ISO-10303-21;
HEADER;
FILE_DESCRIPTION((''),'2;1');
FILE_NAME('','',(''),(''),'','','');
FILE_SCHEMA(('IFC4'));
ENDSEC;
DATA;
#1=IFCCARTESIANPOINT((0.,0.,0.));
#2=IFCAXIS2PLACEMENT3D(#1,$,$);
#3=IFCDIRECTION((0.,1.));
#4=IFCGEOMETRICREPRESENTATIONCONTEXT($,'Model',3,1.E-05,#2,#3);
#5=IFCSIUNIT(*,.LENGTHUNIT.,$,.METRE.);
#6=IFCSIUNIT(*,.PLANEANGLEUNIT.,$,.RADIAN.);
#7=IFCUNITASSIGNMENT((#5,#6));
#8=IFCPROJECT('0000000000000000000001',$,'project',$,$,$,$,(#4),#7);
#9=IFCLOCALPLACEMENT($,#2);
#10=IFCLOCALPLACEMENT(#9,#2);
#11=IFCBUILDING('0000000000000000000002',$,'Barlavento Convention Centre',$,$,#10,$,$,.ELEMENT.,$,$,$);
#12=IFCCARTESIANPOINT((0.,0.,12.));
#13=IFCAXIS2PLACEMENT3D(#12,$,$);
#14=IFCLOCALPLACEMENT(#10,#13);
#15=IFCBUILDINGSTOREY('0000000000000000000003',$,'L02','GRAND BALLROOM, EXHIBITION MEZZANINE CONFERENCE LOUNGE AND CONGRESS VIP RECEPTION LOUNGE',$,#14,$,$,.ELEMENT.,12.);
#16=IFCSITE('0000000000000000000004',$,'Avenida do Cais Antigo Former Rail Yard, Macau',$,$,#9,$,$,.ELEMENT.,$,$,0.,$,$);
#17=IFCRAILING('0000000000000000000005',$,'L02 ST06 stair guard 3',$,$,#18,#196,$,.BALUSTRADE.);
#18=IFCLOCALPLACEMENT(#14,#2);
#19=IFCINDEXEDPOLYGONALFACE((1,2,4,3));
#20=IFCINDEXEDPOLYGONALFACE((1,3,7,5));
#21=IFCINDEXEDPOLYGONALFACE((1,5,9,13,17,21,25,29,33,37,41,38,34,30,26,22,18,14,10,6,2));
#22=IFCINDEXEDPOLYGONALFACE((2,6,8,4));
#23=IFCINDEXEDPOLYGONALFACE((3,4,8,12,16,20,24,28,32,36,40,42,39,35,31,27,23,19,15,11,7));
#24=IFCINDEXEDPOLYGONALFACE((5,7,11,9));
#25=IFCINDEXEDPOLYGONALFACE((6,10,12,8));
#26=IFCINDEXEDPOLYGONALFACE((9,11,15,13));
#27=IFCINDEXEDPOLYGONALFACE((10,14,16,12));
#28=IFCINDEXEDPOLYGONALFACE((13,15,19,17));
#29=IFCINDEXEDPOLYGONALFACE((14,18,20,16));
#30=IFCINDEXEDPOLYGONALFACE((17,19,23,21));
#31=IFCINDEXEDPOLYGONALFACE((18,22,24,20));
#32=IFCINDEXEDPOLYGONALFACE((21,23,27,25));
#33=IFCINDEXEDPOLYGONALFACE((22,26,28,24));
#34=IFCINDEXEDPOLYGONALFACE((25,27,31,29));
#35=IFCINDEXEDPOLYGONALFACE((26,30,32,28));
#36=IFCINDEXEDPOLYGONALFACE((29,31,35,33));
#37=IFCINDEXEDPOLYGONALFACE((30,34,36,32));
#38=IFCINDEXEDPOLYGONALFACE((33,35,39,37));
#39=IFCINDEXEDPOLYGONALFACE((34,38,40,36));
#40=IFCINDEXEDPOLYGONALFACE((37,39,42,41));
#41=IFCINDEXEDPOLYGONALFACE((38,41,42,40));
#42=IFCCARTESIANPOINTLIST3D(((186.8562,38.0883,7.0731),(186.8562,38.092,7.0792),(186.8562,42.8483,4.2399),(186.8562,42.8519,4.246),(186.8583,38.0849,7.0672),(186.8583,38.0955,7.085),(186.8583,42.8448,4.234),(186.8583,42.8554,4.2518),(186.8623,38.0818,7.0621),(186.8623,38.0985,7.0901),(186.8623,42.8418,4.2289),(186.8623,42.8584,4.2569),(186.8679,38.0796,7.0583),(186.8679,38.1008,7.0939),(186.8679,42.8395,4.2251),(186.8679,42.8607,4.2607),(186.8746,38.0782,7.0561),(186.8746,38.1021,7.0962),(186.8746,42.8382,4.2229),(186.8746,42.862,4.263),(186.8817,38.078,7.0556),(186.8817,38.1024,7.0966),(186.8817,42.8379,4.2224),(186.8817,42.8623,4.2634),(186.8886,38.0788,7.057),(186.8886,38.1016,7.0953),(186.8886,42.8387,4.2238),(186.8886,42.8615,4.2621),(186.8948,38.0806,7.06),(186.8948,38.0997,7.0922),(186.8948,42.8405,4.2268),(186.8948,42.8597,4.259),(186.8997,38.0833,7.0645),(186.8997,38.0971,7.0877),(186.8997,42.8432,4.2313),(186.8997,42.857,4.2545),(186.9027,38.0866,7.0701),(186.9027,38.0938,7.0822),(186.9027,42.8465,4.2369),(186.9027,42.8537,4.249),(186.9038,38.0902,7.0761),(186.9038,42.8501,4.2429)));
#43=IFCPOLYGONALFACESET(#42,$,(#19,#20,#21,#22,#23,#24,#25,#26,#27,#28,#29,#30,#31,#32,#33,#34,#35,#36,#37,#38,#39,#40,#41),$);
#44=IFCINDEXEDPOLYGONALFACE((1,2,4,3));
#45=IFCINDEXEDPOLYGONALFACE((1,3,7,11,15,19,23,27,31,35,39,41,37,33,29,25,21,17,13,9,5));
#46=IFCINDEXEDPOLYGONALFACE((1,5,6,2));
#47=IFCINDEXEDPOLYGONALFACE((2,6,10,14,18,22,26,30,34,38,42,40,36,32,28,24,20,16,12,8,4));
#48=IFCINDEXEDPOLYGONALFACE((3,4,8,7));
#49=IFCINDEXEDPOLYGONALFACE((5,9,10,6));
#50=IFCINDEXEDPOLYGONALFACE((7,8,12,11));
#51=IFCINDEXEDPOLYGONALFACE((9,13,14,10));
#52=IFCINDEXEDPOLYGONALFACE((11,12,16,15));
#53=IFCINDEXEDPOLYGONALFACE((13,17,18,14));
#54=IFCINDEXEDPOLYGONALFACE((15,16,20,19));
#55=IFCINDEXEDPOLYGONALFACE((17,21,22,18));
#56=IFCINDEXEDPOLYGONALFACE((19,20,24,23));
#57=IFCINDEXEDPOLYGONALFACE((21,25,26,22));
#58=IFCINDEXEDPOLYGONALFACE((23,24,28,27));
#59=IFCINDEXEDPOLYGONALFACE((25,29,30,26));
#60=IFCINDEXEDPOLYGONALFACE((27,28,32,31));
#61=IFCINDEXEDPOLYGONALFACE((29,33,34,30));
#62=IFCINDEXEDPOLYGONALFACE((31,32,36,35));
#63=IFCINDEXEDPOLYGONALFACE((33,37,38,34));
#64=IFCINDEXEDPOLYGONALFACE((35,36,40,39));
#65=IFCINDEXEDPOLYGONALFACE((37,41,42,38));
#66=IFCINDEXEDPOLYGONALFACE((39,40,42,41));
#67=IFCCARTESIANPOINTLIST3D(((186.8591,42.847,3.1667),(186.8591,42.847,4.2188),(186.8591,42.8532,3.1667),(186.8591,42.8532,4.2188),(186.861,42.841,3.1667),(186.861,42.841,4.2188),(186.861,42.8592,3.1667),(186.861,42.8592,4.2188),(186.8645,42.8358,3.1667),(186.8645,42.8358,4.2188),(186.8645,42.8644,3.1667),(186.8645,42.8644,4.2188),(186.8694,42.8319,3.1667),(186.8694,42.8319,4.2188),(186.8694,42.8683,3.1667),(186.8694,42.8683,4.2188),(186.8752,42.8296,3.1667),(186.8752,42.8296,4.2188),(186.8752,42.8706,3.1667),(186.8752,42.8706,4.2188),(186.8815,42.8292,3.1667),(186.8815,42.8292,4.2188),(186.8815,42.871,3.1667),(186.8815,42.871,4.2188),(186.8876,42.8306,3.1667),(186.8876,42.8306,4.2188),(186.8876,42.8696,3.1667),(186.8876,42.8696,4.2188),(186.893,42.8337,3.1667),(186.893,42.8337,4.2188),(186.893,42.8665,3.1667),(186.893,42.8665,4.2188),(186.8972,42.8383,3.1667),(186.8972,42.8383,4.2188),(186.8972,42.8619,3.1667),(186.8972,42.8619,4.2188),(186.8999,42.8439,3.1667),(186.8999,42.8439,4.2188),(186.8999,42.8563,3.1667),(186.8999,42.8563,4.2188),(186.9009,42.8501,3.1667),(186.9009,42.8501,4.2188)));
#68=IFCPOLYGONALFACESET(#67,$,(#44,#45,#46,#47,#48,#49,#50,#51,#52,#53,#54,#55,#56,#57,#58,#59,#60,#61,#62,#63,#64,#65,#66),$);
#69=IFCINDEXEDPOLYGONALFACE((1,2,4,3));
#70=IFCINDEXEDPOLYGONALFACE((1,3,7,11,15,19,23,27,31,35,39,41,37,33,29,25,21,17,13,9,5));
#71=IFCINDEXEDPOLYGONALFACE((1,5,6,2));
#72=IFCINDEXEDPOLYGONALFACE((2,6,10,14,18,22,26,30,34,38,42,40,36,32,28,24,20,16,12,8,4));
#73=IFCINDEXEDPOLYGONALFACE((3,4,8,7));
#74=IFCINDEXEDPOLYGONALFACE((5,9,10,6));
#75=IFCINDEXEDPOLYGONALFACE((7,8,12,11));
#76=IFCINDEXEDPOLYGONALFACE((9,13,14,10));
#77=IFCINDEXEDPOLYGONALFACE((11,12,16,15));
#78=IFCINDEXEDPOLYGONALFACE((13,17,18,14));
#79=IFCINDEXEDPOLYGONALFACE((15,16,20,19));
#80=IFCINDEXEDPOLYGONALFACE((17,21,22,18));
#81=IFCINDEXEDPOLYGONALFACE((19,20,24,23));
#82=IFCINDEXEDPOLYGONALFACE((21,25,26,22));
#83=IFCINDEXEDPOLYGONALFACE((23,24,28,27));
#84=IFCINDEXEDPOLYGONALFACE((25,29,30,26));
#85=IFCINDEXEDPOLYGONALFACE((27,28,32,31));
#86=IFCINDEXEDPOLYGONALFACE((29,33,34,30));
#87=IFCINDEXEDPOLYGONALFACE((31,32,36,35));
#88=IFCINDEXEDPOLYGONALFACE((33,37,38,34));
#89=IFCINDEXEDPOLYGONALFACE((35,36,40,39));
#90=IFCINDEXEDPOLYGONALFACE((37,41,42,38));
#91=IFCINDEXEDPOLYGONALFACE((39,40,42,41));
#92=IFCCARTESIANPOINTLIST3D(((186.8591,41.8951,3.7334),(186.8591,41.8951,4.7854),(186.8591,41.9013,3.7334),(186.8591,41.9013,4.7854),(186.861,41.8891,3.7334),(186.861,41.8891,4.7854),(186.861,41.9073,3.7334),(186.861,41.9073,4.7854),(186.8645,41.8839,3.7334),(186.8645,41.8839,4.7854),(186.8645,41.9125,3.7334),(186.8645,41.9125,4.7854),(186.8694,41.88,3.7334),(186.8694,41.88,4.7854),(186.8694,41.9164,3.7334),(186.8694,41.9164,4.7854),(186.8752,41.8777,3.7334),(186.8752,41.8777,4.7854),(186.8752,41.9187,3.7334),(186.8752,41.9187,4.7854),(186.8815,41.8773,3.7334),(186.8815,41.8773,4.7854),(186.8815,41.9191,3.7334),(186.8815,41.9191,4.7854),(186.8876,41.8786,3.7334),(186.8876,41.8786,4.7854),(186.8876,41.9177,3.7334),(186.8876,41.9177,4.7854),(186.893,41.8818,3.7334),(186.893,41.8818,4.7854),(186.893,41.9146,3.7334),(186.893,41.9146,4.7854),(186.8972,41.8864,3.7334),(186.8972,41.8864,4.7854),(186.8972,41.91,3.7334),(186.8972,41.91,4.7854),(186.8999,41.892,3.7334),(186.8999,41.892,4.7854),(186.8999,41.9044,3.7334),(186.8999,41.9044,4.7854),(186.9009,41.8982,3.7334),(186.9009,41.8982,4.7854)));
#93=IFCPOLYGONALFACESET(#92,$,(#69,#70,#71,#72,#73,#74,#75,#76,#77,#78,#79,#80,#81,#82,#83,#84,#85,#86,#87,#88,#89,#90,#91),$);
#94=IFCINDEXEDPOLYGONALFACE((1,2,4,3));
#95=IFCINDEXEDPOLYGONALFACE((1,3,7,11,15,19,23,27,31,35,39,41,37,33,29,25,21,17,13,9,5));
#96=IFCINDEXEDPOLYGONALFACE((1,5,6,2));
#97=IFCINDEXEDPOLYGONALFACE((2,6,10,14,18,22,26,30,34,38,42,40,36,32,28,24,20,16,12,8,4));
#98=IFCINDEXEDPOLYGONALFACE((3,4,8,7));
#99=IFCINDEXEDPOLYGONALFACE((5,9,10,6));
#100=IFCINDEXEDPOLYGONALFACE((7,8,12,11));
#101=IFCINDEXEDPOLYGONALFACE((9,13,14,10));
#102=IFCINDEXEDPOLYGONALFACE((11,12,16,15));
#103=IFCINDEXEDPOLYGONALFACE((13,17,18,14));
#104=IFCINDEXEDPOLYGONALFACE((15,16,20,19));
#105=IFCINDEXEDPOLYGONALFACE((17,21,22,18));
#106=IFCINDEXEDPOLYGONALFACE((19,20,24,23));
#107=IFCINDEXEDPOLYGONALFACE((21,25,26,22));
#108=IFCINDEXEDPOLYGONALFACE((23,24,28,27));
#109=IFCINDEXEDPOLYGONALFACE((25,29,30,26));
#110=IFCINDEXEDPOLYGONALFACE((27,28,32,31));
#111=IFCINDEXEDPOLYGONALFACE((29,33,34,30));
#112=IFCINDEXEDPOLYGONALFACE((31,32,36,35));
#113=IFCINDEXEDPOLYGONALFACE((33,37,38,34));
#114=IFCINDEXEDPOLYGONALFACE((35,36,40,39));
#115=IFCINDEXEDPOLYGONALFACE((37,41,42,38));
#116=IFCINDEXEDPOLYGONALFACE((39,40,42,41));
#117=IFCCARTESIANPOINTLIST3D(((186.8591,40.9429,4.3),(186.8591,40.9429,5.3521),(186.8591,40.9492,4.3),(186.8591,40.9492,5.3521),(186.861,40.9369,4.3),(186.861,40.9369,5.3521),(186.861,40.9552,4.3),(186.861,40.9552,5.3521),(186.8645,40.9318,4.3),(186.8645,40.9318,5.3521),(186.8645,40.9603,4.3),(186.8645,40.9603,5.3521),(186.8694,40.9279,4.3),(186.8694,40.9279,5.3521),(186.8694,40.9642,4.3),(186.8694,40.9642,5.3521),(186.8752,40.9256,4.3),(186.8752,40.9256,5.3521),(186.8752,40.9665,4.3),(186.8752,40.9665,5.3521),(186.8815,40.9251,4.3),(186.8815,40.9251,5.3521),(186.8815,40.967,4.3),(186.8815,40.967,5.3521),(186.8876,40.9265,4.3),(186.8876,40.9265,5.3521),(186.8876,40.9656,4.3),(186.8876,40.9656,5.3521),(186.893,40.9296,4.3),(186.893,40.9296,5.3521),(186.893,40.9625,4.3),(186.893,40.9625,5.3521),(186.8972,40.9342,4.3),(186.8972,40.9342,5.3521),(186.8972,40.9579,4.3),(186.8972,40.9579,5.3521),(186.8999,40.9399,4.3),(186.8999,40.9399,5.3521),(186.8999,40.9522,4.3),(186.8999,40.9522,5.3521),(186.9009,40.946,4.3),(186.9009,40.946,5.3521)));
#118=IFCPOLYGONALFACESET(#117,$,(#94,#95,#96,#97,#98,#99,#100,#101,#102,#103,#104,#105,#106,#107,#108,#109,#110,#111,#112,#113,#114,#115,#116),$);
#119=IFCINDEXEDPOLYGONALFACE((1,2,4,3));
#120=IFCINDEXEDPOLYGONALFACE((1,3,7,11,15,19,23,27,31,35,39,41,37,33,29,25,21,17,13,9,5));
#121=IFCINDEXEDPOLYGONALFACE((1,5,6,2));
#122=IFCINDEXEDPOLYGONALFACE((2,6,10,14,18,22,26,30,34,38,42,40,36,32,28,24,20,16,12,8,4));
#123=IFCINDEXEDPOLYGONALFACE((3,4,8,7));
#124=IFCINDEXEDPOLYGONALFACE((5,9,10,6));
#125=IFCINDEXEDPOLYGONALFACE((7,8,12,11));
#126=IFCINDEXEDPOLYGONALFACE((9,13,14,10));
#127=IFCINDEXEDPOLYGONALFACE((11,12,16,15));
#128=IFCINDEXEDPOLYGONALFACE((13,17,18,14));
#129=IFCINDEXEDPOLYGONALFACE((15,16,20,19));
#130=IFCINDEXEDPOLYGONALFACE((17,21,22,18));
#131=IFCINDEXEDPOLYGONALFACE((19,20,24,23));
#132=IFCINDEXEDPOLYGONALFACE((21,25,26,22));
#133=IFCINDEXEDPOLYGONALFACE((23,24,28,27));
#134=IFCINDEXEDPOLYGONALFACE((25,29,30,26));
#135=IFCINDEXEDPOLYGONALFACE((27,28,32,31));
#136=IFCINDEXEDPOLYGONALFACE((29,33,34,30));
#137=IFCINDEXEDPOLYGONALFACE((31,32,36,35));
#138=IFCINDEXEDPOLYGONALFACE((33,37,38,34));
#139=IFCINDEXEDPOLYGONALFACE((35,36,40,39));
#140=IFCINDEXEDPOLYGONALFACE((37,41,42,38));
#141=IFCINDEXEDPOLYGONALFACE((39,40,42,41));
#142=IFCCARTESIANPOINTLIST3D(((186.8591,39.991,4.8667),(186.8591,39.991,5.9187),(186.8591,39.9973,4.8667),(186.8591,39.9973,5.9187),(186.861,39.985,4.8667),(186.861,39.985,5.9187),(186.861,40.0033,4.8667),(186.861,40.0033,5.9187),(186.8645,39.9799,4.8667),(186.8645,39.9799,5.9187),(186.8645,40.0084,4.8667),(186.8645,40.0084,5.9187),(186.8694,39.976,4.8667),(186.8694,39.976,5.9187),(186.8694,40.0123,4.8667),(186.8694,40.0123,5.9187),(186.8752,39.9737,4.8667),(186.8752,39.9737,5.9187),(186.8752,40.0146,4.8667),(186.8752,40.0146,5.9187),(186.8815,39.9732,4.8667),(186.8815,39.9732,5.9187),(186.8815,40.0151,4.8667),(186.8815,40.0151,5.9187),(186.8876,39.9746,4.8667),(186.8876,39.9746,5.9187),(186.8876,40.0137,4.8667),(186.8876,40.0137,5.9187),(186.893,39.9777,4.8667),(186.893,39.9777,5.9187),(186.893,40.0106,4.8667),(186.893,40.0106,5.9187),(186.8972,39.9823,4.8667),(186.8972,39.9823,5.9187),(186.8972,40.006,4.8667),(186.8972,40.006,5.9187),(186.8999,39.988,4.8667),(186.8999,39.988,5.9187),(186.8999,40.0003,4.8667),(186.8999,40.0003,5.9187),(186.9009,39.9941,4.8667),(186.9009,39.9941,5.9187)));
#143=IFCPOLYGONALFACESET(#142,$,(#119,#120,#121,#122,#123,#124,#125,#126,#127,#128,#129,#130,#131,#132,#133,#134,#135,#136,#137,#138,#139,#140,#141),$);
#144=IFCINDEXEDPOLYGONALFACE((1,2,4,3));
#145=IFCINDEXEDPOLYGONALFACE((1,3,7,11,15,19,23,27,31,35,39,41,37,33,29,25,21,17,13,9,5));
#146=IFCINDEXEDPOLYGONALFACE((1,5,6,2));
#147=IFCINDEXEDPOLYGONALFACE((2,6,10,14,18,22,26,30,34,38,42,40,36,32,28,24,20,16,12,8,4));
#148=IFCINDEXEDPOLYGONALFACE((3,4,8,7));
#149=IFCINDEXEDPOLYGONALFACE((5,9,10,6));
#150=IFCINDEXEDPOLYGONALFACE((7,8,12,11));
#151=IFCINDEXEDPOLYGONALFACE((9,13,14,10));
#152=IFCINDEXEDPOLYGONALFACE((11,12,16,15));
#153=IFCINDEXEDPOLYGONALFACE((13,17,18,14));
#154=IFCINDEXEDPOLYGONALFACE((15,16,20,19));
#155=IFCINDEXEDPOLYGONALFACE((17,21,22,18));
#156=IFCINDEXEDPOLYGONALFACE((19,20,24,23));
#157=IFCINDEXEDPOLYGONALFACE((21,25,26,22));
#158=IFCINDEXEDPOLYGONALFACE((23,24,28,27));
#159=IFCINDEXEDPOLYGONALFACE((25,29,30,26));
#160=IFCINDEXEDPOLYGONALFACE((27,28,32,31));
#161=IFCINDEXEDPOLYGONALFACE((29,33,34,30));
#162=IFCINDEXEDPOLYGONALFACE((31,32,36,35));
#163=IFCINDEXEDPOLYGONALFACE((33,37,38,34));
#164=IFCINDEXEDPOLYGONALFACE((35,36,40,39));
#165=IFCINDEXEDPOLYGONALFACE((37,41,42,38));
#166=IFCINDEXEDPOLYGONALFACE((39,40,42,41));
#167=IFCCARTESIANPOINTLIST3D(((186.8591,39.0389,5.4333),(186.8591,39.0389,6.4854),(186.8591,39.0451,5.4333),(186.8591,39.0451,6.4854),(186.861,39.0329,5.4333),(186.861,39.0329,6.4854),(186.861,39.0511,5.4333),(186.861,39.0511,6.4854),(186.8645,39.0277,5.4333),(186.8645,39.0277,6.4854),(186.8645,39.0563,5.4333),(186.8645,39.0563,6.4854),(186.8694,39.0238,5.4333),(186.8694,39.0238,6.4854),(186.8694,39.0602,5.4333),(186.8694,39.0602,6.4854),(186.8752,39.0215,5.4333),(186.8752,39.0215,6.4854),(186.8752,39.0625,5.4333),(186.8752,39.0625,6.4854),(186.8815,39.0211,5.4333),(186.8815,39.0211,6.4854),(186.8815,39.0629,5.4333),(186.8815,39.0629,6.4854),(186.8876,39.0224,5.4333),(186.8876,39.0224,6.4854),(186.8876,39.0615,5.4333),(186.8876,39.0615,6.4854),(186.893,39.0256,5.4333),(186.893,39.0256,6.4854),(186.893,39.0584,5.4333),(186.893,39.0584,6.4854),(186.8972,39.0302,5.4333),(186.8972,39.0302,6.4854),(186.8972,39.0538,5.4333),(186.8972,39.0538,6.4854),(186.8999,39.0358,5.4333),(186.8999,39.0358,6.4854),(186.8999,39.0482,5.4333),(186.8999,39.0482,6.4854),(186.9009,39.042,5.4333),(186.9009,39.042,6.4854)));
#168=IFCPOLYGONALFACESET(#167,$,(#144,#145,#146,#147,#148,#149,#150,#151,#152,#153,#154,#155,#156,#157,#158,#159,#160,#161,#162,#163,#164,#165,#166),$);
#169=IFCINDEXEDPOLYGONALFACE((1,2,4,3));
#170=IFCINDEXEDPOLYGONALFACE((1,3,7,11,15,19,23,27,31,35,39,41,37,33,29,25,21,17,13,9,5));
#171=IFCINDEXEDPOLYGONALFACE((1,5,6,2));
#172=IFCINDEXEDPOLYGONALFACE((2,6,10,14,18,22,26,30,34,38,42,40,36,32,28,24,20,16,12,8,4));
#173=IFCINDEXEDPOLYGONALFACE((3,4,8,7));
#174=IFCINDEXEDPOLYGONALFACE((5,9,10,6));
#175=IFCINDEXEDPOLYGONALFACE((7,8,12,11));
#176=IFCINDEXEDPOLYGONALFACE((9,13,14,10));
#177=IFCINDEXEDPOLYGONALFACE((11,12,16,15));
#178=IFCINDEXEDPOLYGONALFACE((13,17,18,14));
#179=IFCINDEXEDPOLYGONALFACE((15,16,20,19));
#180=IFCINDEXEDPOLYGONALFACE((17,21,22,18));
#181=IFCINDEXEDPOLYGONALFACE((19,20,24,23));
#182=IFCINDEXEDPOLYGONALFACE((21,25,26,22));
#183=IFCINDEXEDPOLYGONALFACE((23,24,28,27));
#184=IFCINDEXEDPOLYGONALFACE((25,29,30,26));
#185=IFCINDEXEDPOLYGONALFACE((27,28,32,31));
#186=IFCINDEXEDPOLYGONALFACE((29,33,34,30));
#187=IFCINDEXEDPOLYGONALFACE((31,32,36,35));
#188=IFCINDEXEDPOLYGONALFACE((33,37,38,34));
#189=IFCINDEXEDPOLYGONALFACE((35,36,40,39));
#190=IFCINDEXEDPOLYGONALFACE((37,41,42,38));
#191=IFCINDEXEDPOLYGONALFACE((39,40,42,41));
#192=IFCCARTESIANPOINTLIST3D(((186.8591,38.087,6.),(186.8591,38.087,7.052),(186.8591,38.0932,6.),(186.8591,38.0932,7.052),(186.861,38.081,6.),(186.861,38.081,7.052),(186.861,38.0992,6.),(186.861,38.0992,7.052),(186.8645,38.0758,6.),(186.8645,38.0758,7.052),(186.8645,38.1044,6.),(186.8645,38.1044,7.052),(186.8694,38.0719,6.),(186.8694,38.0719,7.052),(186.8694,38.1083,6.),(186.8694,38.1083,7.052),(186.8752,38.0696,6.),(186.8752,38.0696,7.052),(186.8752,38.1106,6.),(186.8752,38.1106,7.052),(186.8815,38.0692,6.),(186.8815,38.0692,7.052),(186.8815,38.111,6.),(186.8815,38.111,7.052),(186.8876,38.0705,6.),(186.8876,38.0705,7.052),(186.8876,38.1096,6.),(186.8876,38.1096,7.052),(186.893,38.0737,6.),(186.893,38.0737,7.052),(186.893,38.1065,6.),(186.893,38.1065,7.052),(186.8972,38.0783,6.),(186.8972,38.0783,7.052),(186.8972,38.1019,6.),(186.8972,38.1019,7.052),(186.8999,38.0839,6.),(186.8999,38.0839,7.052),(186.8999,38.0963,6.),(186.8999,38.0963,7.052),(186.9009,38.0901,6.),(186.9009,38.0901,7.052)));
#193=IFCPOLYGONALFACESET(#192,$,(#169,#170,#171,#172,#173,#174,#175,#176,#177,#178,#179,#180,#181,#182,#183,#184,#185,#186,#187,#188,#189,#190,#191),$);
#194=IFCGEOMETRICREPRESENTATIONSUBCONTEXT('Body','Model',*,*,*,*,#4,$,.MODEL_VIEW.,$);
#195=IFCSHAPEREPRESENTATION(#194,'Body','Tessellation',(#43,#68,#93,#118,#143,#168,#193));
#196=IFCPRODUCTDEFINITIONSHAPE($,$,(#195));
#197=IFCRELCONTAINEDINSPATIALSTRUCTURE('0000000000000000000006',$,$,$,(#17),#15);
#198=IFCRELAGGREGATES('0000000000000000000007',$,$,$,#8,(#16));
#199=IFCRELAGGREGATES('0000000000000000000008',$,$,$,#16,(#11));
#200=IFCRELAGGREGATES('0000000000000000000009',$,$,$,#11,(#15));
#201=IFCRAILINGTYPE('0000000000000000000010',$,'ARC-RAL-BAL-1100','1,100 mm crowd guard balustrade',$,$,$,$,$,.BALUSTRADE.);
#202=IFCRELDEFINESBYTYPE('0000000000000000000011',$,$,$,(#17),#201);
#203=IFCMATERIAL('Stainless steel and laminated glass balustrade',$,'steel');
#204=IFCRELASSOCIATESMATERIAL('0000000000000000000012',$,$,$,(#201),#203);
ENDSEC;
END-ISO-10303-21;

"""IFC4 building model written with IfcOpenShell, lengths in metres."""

from ifc_helpers import new_model, si_unit, direction, frame, origin, origin_2d, place, context, subcontext, project, spatial, circle, extrude, material, type_object, element, save


model = new_model("IFC4")

# Units and contexts
model_context = context("Model", 3, precision=1e-05, world=origin(), true_north=direction((0.0, 1.0)))
body_context = subcontext(model_context, "Body", "Model", "MODEL_VIEW")
ifc_project = project(units=[si_unit("LENGTHUNIT", "METRE"), si_unit("PLANEANGLEUNIT", "RADIAN")], contexts=[model_context])

# Site, building, storey
site_placement = place(None, origin())
site = spatial("IfcSite", under=ifc_project, at=site_placement, Name="Avenida do Cais Antigo Former Rail Yard, Macau", CompositionType="ELEMENT", RefElevation=0.0)
building_placement = place(site_placement, origin())
building = spatial("IfcBuilding", under=site, at=building_placement, Name="Barlavento Convention Centre", CompositionType="ELEMENT")
storey_placement = place(building_placement, frame((0.0, 0.0, 12.0)))
storey = spatial("IfcBuildingStorey", under=building, at=storey_placement, Name="L02", Description="GRAND BALLROOM, EXHIBITION MEZZANINE CONFERENCE LOUNGE AND CONGRESS VIP RECEPTION LOUNGE", CompositionType="ELEMENT", Elevation=12.0)

# Railing
ifc_material_1 = material(Name="Stainless steel and laminated glass balustrade", Category="steel")
railing_type_1 = type_object("IfcRailingType", Name="ARC-RAL-BAL-1100", Description="1,100 mm crowd guard balustrade", PredefinedType="BALUSTRADE", material=ifc_material_1)
railing_1_placement = place(storey_placement, frame((186.8799, 42.8501, 3.1667)))
element("IfcRailing", 1, at=railing_1_placement, inside=storey, type_object=railing_type_1, Name="L02 ST06 stair guard 3", PredefinedType="BALUSTRADE", context=body_context, shape_type="SweptSolid", body=[
    extrude(circle(Radius=0.0239, at=origin_2d()), frame((0.0, 0.0, 1.0762), z_axis=(0.0, -0.8593, 0.511472), x_axis=(1.0, 0.0, 0.0)), (0.0, 0.0, 1.0), 5.5393),
    extrude(circle(Radius=0.021, at=origin_2d()), origin(), (0.0, 0.0, 1.0), 1.052),
    extrude(circle(Radius=0.021, at=origin_2d()), frame((0.0, -0.9519, 0.5667)), (0.0, 0.0, 1.0), 1.052),
    extrude(circle(Radius=0.021, at=origin_2d()), frame((0.0, -1.9041, 1.1333)), (0.0, 0.0, 1.0), 1.052),
    extrude(circle(Radius=0.021, at=origin_2d()), frame((0.0, -2.856, 1.7)), (0.0, 0.0, 1.0), 1.052),
    extrude(circle(Radius=0.021, at=origin_2d()), frame((0.0, -3.8081, 2.2666)), (0.0, 0.0, 1.0), 1.052),
    extrude(circle(Radius=0.021, at=origin_2d()), frame((0.0, -4.76, 2.8333)), (0.0, 0.0, 1.0), 1.052),
])

save(model, "model.ifc")
